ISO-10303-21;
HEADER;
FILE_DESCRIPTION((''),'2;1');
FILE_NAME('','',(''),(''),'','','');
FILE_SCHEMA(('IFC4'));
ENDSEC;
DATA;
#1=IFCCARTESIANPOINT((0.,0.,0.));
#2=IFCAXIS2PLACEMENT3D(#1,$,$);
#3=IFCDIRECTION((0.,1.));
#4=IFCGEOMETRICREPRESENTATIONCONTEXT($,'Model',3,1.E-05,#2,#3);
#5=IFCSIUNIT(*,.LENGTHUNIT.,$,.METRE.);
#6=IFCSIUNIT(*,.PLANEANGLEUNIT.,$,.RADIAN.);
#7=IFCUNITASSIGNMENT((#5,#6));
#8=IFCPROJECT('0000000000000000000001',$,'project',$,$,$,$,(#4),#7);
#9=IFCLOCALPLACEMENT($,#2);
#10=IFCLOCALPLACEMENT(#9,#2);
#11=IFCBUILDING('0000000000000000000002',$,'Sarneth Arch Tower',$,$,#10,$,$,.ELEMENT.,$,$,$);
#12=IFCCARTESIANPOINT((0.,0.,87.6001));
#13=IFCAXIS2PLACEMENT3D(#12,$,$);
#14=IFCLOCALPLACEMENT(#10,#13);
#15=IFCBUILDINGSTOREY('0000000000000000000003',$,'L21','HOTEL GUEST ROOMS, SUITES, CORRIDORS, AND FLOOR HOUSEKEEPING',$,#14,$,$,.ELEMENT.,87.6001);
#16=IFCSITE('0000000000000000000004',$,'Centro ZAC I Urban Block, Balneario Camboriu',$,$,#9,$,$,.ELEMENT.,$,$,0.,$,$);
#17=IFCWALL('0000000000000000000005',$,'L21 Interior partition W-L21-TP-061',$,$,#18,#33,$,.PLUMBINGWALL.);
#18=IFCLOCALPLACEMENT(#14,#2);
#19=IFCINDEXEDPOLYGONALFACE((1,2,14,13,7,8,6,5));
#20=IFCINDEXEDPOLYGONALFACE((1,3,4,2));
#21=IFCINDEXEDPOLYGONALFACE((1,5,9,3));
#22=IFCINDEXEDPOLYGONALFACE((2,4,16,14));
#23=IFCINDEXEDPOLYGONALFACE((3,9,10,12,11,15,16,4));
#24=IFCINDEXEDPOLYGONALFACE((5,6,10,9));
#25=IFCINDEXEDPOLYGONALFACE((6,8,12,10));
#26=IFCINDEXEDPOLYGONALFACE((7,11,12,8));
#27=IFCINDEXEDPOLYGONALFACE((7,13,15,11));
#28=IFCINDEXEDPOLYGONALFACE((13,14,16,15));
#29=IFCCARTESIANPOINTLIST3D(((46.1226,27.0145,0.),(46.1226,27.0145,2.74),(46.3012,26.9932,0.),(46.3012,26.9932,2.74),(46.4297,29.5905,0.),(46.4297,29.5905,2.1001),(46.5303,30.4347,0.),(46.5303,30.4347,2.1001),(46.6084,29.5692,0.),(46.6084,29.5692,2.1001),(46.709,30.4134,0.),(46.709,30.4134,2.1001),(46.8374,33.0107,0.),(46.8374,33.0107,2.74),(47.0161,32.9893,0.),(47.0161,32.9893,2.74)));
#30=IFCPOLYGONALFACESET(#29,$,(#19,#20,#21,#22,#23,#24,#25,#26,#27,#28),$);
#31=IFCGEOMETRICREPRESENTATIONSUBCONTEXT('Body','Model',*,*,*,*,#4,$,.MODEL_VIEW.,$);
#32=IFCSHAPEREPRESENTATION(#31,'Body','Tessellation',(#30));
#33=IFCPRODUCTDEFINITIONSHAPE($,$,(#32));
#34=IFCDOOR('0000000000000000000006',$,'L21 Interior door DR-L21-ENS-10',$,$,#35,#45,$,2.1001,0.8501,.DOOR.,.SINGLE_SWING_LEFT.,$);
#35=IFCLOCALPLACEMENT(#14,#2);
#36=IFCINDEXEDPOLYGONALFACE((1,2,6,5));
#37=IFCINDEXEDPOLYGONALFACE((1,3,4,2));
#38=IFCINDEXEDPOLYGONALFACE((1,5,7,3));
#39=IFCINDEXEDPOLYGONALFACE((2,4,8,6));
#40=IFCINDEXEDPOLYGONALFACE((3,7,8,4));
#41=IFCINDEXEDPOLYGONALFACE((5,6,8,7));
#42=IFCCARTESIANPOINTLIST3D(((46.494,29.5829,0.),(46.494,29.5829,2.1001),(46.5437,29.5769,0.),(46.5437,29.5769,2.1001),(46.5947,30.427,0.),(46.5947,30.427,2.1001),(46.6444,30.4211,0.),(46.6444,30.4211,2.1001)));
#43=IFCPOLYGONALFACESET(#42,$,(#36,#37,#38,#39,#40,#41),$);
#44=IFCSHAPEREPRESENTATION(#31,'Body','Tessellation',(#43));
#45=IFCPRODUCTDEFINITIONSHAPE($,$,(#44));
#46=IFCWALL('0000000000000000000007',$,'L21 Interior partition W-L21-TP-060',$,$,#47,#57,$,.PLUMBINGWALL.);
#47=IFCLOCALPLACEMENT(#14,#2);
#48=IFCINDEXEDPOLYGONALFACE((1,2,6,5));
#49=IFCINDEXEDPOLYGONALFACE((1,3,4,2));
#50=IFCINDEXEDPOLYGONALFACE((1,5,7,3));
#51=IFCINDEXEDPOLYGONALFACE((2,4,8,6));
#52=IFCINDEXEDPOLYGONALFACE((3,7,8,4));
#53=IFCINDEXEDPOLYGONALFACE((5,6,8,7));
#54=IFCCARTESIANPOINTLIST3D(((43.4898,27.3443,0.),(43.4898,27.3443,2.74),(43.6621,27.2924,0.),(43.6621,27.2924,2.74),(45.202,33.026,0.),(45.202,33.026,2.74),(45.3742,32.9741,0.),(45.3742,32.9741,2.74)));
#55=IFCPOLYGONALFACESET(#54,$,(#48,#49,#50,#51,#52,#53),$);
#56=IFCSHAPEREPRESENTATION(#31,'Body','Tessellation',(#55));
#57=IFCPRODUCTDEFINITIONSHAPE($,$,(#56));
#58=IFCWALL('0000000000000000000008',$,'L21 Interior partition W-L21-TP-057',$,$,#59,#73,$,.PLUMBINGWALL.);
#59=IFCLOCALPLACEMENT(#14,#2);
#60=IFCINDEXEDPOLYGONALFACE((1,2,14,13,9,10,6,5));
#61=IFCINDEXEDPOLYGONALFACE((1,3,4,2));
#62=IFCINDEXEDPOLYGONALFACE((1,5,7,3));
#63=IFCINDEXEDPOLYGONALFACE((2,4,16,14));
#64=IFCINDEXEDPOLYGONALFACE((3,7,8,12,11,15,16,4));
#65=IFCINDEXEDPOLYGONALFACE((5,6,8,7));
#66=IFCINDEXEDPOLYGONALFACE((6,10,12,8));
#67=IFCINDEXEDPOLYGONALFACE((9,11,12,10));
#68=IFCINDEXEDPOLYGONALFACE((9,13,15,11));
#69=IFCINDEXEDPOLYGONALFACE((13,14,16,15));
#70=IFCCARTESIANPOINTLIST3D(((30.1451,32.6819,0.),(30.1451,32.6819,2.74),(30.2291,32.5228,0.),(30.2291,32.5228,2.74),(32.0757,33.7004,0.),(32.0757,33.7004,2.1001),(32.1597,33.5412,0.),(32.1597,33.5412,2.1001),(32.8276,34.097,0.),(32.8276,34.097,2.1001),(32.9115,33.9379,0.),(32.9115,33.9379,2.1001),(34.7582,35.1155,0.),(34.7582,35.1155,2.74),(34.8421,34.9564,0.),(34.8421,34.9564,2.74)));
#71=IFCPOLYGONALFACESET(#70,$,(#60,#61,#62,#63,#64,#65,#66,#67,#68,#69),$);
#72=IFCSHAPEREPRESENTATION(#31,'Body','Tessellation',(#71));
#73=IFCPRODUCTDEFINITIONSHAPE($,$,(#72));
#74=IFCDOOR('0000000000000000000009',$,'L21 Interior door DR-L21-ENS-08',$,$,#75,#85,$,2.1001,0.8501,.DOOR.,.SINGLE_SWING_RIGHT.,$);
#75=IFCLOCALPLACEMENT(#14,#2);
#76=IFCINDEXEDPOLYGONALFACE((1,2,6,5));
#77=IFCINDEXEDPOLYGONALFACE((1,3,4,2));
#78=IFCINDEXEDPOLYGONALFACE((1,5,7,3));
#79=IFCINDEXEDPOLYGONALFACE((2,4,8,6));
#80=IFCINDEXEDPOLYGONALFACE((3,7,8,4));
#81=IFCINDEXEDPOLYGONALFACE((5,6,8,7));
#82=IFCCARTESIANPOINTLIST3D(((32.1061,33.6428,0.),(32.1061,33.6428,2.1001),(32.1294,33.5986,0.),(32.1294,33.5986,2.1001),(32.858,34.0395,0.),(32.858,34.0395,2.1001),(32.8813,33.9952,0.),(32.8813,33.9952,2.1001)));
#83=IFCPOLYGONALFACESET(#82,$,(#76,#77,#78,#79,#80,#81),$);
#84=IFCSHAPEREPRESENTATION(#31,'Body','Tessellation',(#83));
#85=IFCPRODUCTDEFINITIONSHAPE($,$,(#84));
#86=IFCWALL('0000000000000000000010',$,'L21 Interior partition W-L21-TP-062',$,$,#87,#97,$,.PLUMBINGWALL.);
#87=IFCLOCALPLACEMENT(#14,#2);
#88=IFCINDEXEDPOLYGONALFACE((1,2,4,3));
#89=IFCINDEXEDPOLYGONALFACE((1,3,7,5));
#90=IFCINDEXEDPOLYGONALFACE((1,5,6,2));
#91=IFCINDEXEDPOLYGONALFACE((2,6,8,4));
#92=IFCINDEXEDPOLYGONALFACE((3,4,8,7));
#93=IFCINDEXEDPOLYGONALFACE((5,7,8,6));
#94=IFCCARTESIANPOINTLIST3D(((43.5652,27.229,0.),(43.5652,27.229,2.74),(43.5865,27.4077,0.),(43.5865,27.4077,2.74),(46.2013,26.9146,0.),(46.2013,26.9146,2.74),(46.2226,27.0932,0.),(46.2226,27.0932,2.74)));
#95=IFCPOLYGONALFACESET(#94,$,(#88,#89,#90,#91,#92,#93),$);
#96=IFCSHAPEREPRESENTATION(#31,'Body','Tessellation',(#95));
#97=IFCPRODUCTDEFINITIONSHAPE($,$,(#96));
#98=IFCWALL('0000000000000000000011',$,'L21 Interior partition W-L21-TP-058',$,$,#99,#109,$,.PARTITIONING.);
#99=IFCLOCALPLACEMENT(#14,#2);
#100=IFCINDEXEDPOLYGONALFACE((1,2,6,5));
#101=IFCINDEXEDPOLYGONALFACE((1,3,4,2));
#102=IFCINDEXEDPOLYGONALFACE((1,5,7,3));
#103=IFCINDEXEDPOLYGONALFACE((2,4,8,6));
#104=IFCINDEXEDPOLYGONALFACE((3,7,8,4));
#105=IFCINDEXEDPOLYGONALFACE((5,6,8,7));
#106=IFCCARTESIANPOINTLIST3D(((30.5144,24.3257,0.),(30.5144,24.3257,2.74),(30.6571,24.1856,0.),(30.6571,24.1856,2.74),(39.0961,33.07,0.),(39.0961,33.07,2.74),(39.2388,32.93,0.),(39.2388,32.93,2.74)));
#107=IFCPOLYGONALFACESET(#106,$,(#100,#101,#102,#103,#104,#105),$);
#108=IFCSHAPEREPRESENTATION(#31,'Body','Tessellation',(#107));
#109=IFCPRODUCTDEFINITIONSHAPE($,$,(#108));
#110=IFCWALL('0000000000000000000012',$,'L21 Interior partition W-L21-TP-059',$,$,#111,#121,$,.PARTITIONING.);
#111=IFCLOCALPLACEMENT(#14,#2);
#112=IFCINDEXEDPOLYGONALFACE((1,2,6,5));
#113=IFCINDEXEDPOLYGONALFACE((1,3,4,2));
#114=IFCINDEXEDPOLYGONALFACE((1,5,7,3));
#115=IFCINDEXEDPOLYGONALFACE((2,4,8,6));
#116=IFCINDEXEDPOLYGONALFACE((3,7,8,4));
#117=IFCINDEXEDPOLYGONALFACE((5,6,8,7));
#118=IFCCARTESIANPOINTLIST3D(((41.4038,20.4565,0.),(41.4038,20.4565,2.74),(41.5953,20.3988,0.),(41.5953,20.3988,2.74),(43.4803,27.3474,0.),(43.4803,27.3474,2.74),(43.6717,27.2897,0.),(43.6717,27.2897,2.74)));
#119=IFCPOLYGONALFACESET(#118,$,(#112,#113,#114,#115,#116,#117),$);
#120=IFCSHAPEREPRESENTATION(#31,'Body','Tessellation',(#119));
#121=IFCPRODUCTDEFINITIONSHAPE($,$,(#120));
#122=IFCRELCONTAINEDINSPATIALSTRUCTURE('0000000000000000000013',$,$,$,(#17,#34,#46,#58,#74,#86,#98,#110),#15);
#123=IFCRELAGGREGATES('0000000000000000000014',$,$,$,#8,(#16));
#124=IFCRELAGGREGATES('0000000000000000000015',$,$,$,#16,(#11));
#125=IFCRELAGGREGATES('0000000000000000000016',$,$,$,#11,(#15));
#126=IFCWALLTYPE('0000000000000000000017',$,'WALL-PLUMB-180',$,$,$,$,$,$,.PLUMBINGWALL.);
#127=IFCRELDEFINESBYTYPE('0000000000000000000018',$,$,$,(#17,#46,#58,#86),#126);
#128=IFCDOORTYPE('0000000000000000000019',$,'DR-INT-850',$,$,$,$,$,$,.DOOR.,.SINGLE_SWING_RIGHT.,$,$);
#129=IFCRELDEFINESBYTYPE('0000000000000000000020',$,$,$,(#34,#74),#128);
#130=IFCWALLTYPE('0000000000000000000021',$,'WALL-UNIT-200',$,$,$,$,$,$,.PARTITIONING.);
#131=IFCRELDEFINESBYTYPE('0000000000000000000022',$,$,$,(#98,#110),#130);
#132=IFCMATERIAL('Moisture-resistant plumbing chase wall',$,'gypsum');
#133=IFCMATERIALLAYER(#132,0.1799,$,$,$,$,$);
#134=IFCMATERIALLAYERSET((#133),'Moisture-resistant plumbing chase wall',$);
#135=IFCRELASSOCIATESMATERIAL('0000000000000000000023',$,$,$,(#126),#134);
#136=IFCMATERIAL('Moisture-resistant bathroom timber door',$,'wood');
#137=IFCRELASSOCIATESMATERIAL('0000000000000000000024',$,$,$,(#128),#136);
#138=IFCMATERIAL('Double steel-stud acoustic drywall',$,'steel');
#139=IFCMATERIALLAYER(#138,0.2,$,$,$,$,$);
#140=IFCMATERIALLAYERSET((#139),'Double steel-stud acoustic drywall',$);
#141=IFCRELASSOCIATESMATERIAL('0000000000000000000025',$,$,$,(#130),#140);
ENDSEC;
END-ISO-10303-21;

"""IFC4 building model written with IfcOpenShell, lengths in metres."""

from ifc_helpers import new_model, si_unit, direction, frame, frame_2d, origin, place, context, subcontext, project, spatial, rectangle, extrude, material, layer, layer_set, type_object, element, fill, save


model = new_model("IFC4")

# Units and contexts
model_context = context("Model", 3, precision=1e-05, world=origin(), true_north=direction((0.0, 1.0)))
body_context = subcontext(model_context, "Body", "Model", "MODEL_VIEW")
ifc_project = project(units=[si_unit("LENGTHUNIT", "METRE"), si_unit("PLANEANGLEUNIT", "RADIAN")], contexts=[model_context])

# Site, building, storey
site_placement = place(None, origin())
site = spatial("IfcSite", under=ifc_project, at=site_placement, Name="Centro ZAC I Urban Block, Balneario Camboriu", CompositionType="ELEMENT", RefElevation=0.0)
building_placement = place(site_placement, origin())
building = spatial("IfcBuilding", under=site, at=building_placement, Name="Sarneth Arch Tower", CompositionType="ELEMENT")
storey_placement = place(building_placement, frame((0.0, 0.0, 87.6001)))
storey = spatial("IfcBuildingStorey", under=building, at=storey_placement, Name="L21", Description="HOTEL GUEST ROOMS, SUITES, CORRIDORS, AND FLOOR HOUSEKEEPING", CompositionType="ELEMENT", Elevation=87.6001)

# Wall, opening, door
ifc_material_1 = material(Name="Moisture-resistant plumbing chase wall", Category="gypsum")
ifc_layer_1 = layer(ifc_material_1, 0.1799)
ifc_layer_set_1 = layer_set([ifc_layer_1], Name="Moisture-resistant plumbing chase wall")
wall_type_1 = type_object("IfcWallType", Name="WALL-PLUMB-180", PredefinedType="PLUMBINGWALL", material=ifc_layer_set_1)
wall_1_placement = place(storey_placement, frame((46.9268, 33.0, 0.0), z_axis=(0.0, 0.0, 1.0), x_axis=(-0.11838, -0.992968, 0.0)))
wall_1 = element("IfcWall", 1, at=wall_1_placement, inside=storey, type_object=wall_type_1, Name="L21 Interior partition W-L21-TP-061", PredefinedType="PLUMBINGWALL", context=body_context, shape_type="SweptSolid", body=[
    extrude(rectangle(XDim=6.0386, YDim=0.1799, at=frame_2d((3.0193, 0.0))), origin(), (0.0, 0.0, 1.0), 2.74),
])
opening_1_placement = place(wall_1_placement, frame((2.5942, 0.0, 0.0)))
opening_1 = element("IfcOpeningElement", 2, at=opening_1_placement, cuts=wall_1, PredefinedType="OPENING", context=body_context, shape_type="SweptSolid", body=[
    extrude(rectangle(XDim=0.8501, YDim=2.1001, at=frame_2d((0.425, 1.05))), frame((0.0, 0.0999, 0.0), z_axis=(0.0, -1.0, 0.0), x_axis=(1.0, 0.0, 0.0)), (0.0, 0.0, 1.0), 0.2),
])
ifc_material_2 = material(Name="Moisture-resistant bathroom timber door", Category="wood")
door_type_1 = type_object("IfcDoorType", Name="DR-INT-850", OperationType="SINGLE_SWING_RIGHT", PredefinedType="DOOR", material=ifc_material_2)
door_1_placement = place(opening_1_placement, origin())
door_1 = element("IfcDoor", 3, at=door_1_placement, inside=storey, type_object=door_type_1, Name="L21 Interior door DR-L21-ENS-10", OperationType="SINGLE_SWING_LEFT", OverallHeight=2.1001, OverallWidth=0.8501, PredefinedType="DOOR", context=body_context, shape_type="SweptSolid", body=[
    extrude(rectangle(XDim=0.8501, YDim=2.1001, at=frame_2d((0.425, 1.05))), frame((0.0, 0.0249, 0.0), z_axis=(0.0, -1.0, 0.0), x_axis=(1.0, 0.0, 0.0)), (0.0, 0.0, 1.0), 0.05),
])
fill(opening_1, door_1)

# Wall
wall_2_placement = place(storey_placement, frame((43.5759, 27.3184, 0.0), z_axis=(0.0, 0.0, 1.0), x_axis=(0.288533, 0.95747, 0.0)))
element("IfcWall", 4, at=wall_2_placement, inside=storey, type_object=wall_type_1, Name="L21 Interior partition W-L21-TP-060", PredefinedType="PLUMBINGWALL", context=body_context, shape_type="SweptSolid", body=[
    extrude(rectangle(XDim=5.9341, YDim=0.1799, at=frame_2d((2.967, 0.0))), origin(), (0.0, 0.0, 1.0), 2.74),
])

# Wall, opening, door
wall_3_placement = place(storey_placement, frame((30.187, 32.6023, 0.0), z_axis=(0.0, 0.0, 1.0), x_axis=(0.884469, 0.466599, 0.0)))
wall_3 = element("IfcWall", 5, at=wall_3_placement, inside=storey, type_object=wall_type_1, Name="L21 Interior partition W-L21-TP-057", PredefinedType="PLUMBINGWALL", context=body_context, shape_type="SweptSolid", body=[
    extrude(rectangle(XDim=5.2156, YDim=0.1799, at=frame_2d((2.6079, 0.0))), origin(), (0.0, 0.0, 1.0), 2.74),
])
opening_2_placement = place(wall_3_placement, frame((2.1829, 0.0, 0.0)))
opening_2 = element("IfcOpeningElement", 6, at=opening_2_placement, cuts=wall_3, PredefinedType="OPENING", context=body_context, shape_type="SweptSolid", body=[
    extrude(rectangle(XDim=0.8501, YDim=2.1001, at=frame_2d((0.425, 1.05))), frame((0.0, 0.0999, 0.0), z_axis=(0.0, -1.0, 0.0), x_axis=(1.0, 0.0, 0.0)), (0.0, 0.0, 1.0), 0.2),
])
door_2_placement = place(opening_2_placement, origin())
door_2 = element("IfcDoor", 7, at=door_2_placement, inside=storey, type_object=door_type_1, Name="L21 Interior door DR-L21-ENS-08", OperationType="SINGLE_SWING_RIGHT", OverallHeight=2.1001, OverallWidth=0.8501, PredefinedType="DOOR", context=body_context, shape_type="SweptSolid", body=[
    extrude(rectangle(XDim=0.8501, YDim=2.1001, at=frame_2d((0.425, 1.05))), frame((0.0, 0.0249, 0.0), z_axis=(0.0, -1.0, 0.0), x_axis=(1.0, 0.0, 0.0)), (0.0, 0.0, 1.0), 0.05),
])
fill(opening_2, door_2)

# Walls
wall_4_placement = place(storey_placement, frame((46.2119, 27.0039, 0.0), z_axis=(0.0, 0.0, 1.0), x_axis=(-0.99296, 0.118453, 0.0)))
element("IfcWall", 8, at=wall_4_placement, inside=storey, type_object=wall_type_1, Name="L21 Interior partition W-L21-TP-062", PredefinedType="PLUMBINGWALL", context=body_context, shape_type="SweptSolid", body=[
    extrude(rectangle(XDim=2.6548, YDim=0.1799, at=frame_2d((1.3274, 0.0))), origin(), (0.0, 0.0, 1.0), 2.74),
])
ifc_material_3 = material(Name="Double steel-stud acoustic drywall", Category="steel")
ifc_layer_2 = layer(ifc_material_3, 0.2)
ifc_layer_set_2 = layer_set([ifc_layer_2], Name="Double steel-stud acoustic drywall")
wall_type_2 = type_object("IfcWallType", Name="WALL-UNIT-200", PredefinedType="PARTITIONING", material=ifc_layer_set_2)
wall_5_placement = place(storey_placement, frame((39.1675, 33.0, 0.0), z_axis=(0.0, 0.0, 1.0), x_axis=(-0.70044, -0.713711, 0.0)))
element("IfcWall", 9, at=wall_5_placement, inside=storey, type_object=wall_type_2, Name="L21 Interior partition W-L21-TP-058", PredefinedType="PARTITIONING", context=body_context, shape_type="SweptSolid", body=[
    extrude(rectangle(XDim=12.252, YDim=0.2, at=frame_2d((6.126, 0.0))), origin(), (0.0, 0.0, 1.0), 2.74),
])
wall_6_placement = place(storey_placement, frame((41.4995, 20.4275, 0.0), z_axis=(0.0, 0.0, 1.0), x_axis=(0.288515, 0.957475, 0.0)))
element("IfcWall", 10, at=wall_6_placement, inside=storey, type_object=wall_type_2, Name="L21 Interior partition W-L21-TP-059", PredefinedType="PARTITIONING", context=body_context, shape_type="SweptSolid", body=[
    extrude(rectangle(XDim=7.197, YDim=0.2, at=frame_2d((3.5986, 0.0))), origin(), (0.0, 0.0, 1.0), 2.74),
])

save(model, "model.ifc")
